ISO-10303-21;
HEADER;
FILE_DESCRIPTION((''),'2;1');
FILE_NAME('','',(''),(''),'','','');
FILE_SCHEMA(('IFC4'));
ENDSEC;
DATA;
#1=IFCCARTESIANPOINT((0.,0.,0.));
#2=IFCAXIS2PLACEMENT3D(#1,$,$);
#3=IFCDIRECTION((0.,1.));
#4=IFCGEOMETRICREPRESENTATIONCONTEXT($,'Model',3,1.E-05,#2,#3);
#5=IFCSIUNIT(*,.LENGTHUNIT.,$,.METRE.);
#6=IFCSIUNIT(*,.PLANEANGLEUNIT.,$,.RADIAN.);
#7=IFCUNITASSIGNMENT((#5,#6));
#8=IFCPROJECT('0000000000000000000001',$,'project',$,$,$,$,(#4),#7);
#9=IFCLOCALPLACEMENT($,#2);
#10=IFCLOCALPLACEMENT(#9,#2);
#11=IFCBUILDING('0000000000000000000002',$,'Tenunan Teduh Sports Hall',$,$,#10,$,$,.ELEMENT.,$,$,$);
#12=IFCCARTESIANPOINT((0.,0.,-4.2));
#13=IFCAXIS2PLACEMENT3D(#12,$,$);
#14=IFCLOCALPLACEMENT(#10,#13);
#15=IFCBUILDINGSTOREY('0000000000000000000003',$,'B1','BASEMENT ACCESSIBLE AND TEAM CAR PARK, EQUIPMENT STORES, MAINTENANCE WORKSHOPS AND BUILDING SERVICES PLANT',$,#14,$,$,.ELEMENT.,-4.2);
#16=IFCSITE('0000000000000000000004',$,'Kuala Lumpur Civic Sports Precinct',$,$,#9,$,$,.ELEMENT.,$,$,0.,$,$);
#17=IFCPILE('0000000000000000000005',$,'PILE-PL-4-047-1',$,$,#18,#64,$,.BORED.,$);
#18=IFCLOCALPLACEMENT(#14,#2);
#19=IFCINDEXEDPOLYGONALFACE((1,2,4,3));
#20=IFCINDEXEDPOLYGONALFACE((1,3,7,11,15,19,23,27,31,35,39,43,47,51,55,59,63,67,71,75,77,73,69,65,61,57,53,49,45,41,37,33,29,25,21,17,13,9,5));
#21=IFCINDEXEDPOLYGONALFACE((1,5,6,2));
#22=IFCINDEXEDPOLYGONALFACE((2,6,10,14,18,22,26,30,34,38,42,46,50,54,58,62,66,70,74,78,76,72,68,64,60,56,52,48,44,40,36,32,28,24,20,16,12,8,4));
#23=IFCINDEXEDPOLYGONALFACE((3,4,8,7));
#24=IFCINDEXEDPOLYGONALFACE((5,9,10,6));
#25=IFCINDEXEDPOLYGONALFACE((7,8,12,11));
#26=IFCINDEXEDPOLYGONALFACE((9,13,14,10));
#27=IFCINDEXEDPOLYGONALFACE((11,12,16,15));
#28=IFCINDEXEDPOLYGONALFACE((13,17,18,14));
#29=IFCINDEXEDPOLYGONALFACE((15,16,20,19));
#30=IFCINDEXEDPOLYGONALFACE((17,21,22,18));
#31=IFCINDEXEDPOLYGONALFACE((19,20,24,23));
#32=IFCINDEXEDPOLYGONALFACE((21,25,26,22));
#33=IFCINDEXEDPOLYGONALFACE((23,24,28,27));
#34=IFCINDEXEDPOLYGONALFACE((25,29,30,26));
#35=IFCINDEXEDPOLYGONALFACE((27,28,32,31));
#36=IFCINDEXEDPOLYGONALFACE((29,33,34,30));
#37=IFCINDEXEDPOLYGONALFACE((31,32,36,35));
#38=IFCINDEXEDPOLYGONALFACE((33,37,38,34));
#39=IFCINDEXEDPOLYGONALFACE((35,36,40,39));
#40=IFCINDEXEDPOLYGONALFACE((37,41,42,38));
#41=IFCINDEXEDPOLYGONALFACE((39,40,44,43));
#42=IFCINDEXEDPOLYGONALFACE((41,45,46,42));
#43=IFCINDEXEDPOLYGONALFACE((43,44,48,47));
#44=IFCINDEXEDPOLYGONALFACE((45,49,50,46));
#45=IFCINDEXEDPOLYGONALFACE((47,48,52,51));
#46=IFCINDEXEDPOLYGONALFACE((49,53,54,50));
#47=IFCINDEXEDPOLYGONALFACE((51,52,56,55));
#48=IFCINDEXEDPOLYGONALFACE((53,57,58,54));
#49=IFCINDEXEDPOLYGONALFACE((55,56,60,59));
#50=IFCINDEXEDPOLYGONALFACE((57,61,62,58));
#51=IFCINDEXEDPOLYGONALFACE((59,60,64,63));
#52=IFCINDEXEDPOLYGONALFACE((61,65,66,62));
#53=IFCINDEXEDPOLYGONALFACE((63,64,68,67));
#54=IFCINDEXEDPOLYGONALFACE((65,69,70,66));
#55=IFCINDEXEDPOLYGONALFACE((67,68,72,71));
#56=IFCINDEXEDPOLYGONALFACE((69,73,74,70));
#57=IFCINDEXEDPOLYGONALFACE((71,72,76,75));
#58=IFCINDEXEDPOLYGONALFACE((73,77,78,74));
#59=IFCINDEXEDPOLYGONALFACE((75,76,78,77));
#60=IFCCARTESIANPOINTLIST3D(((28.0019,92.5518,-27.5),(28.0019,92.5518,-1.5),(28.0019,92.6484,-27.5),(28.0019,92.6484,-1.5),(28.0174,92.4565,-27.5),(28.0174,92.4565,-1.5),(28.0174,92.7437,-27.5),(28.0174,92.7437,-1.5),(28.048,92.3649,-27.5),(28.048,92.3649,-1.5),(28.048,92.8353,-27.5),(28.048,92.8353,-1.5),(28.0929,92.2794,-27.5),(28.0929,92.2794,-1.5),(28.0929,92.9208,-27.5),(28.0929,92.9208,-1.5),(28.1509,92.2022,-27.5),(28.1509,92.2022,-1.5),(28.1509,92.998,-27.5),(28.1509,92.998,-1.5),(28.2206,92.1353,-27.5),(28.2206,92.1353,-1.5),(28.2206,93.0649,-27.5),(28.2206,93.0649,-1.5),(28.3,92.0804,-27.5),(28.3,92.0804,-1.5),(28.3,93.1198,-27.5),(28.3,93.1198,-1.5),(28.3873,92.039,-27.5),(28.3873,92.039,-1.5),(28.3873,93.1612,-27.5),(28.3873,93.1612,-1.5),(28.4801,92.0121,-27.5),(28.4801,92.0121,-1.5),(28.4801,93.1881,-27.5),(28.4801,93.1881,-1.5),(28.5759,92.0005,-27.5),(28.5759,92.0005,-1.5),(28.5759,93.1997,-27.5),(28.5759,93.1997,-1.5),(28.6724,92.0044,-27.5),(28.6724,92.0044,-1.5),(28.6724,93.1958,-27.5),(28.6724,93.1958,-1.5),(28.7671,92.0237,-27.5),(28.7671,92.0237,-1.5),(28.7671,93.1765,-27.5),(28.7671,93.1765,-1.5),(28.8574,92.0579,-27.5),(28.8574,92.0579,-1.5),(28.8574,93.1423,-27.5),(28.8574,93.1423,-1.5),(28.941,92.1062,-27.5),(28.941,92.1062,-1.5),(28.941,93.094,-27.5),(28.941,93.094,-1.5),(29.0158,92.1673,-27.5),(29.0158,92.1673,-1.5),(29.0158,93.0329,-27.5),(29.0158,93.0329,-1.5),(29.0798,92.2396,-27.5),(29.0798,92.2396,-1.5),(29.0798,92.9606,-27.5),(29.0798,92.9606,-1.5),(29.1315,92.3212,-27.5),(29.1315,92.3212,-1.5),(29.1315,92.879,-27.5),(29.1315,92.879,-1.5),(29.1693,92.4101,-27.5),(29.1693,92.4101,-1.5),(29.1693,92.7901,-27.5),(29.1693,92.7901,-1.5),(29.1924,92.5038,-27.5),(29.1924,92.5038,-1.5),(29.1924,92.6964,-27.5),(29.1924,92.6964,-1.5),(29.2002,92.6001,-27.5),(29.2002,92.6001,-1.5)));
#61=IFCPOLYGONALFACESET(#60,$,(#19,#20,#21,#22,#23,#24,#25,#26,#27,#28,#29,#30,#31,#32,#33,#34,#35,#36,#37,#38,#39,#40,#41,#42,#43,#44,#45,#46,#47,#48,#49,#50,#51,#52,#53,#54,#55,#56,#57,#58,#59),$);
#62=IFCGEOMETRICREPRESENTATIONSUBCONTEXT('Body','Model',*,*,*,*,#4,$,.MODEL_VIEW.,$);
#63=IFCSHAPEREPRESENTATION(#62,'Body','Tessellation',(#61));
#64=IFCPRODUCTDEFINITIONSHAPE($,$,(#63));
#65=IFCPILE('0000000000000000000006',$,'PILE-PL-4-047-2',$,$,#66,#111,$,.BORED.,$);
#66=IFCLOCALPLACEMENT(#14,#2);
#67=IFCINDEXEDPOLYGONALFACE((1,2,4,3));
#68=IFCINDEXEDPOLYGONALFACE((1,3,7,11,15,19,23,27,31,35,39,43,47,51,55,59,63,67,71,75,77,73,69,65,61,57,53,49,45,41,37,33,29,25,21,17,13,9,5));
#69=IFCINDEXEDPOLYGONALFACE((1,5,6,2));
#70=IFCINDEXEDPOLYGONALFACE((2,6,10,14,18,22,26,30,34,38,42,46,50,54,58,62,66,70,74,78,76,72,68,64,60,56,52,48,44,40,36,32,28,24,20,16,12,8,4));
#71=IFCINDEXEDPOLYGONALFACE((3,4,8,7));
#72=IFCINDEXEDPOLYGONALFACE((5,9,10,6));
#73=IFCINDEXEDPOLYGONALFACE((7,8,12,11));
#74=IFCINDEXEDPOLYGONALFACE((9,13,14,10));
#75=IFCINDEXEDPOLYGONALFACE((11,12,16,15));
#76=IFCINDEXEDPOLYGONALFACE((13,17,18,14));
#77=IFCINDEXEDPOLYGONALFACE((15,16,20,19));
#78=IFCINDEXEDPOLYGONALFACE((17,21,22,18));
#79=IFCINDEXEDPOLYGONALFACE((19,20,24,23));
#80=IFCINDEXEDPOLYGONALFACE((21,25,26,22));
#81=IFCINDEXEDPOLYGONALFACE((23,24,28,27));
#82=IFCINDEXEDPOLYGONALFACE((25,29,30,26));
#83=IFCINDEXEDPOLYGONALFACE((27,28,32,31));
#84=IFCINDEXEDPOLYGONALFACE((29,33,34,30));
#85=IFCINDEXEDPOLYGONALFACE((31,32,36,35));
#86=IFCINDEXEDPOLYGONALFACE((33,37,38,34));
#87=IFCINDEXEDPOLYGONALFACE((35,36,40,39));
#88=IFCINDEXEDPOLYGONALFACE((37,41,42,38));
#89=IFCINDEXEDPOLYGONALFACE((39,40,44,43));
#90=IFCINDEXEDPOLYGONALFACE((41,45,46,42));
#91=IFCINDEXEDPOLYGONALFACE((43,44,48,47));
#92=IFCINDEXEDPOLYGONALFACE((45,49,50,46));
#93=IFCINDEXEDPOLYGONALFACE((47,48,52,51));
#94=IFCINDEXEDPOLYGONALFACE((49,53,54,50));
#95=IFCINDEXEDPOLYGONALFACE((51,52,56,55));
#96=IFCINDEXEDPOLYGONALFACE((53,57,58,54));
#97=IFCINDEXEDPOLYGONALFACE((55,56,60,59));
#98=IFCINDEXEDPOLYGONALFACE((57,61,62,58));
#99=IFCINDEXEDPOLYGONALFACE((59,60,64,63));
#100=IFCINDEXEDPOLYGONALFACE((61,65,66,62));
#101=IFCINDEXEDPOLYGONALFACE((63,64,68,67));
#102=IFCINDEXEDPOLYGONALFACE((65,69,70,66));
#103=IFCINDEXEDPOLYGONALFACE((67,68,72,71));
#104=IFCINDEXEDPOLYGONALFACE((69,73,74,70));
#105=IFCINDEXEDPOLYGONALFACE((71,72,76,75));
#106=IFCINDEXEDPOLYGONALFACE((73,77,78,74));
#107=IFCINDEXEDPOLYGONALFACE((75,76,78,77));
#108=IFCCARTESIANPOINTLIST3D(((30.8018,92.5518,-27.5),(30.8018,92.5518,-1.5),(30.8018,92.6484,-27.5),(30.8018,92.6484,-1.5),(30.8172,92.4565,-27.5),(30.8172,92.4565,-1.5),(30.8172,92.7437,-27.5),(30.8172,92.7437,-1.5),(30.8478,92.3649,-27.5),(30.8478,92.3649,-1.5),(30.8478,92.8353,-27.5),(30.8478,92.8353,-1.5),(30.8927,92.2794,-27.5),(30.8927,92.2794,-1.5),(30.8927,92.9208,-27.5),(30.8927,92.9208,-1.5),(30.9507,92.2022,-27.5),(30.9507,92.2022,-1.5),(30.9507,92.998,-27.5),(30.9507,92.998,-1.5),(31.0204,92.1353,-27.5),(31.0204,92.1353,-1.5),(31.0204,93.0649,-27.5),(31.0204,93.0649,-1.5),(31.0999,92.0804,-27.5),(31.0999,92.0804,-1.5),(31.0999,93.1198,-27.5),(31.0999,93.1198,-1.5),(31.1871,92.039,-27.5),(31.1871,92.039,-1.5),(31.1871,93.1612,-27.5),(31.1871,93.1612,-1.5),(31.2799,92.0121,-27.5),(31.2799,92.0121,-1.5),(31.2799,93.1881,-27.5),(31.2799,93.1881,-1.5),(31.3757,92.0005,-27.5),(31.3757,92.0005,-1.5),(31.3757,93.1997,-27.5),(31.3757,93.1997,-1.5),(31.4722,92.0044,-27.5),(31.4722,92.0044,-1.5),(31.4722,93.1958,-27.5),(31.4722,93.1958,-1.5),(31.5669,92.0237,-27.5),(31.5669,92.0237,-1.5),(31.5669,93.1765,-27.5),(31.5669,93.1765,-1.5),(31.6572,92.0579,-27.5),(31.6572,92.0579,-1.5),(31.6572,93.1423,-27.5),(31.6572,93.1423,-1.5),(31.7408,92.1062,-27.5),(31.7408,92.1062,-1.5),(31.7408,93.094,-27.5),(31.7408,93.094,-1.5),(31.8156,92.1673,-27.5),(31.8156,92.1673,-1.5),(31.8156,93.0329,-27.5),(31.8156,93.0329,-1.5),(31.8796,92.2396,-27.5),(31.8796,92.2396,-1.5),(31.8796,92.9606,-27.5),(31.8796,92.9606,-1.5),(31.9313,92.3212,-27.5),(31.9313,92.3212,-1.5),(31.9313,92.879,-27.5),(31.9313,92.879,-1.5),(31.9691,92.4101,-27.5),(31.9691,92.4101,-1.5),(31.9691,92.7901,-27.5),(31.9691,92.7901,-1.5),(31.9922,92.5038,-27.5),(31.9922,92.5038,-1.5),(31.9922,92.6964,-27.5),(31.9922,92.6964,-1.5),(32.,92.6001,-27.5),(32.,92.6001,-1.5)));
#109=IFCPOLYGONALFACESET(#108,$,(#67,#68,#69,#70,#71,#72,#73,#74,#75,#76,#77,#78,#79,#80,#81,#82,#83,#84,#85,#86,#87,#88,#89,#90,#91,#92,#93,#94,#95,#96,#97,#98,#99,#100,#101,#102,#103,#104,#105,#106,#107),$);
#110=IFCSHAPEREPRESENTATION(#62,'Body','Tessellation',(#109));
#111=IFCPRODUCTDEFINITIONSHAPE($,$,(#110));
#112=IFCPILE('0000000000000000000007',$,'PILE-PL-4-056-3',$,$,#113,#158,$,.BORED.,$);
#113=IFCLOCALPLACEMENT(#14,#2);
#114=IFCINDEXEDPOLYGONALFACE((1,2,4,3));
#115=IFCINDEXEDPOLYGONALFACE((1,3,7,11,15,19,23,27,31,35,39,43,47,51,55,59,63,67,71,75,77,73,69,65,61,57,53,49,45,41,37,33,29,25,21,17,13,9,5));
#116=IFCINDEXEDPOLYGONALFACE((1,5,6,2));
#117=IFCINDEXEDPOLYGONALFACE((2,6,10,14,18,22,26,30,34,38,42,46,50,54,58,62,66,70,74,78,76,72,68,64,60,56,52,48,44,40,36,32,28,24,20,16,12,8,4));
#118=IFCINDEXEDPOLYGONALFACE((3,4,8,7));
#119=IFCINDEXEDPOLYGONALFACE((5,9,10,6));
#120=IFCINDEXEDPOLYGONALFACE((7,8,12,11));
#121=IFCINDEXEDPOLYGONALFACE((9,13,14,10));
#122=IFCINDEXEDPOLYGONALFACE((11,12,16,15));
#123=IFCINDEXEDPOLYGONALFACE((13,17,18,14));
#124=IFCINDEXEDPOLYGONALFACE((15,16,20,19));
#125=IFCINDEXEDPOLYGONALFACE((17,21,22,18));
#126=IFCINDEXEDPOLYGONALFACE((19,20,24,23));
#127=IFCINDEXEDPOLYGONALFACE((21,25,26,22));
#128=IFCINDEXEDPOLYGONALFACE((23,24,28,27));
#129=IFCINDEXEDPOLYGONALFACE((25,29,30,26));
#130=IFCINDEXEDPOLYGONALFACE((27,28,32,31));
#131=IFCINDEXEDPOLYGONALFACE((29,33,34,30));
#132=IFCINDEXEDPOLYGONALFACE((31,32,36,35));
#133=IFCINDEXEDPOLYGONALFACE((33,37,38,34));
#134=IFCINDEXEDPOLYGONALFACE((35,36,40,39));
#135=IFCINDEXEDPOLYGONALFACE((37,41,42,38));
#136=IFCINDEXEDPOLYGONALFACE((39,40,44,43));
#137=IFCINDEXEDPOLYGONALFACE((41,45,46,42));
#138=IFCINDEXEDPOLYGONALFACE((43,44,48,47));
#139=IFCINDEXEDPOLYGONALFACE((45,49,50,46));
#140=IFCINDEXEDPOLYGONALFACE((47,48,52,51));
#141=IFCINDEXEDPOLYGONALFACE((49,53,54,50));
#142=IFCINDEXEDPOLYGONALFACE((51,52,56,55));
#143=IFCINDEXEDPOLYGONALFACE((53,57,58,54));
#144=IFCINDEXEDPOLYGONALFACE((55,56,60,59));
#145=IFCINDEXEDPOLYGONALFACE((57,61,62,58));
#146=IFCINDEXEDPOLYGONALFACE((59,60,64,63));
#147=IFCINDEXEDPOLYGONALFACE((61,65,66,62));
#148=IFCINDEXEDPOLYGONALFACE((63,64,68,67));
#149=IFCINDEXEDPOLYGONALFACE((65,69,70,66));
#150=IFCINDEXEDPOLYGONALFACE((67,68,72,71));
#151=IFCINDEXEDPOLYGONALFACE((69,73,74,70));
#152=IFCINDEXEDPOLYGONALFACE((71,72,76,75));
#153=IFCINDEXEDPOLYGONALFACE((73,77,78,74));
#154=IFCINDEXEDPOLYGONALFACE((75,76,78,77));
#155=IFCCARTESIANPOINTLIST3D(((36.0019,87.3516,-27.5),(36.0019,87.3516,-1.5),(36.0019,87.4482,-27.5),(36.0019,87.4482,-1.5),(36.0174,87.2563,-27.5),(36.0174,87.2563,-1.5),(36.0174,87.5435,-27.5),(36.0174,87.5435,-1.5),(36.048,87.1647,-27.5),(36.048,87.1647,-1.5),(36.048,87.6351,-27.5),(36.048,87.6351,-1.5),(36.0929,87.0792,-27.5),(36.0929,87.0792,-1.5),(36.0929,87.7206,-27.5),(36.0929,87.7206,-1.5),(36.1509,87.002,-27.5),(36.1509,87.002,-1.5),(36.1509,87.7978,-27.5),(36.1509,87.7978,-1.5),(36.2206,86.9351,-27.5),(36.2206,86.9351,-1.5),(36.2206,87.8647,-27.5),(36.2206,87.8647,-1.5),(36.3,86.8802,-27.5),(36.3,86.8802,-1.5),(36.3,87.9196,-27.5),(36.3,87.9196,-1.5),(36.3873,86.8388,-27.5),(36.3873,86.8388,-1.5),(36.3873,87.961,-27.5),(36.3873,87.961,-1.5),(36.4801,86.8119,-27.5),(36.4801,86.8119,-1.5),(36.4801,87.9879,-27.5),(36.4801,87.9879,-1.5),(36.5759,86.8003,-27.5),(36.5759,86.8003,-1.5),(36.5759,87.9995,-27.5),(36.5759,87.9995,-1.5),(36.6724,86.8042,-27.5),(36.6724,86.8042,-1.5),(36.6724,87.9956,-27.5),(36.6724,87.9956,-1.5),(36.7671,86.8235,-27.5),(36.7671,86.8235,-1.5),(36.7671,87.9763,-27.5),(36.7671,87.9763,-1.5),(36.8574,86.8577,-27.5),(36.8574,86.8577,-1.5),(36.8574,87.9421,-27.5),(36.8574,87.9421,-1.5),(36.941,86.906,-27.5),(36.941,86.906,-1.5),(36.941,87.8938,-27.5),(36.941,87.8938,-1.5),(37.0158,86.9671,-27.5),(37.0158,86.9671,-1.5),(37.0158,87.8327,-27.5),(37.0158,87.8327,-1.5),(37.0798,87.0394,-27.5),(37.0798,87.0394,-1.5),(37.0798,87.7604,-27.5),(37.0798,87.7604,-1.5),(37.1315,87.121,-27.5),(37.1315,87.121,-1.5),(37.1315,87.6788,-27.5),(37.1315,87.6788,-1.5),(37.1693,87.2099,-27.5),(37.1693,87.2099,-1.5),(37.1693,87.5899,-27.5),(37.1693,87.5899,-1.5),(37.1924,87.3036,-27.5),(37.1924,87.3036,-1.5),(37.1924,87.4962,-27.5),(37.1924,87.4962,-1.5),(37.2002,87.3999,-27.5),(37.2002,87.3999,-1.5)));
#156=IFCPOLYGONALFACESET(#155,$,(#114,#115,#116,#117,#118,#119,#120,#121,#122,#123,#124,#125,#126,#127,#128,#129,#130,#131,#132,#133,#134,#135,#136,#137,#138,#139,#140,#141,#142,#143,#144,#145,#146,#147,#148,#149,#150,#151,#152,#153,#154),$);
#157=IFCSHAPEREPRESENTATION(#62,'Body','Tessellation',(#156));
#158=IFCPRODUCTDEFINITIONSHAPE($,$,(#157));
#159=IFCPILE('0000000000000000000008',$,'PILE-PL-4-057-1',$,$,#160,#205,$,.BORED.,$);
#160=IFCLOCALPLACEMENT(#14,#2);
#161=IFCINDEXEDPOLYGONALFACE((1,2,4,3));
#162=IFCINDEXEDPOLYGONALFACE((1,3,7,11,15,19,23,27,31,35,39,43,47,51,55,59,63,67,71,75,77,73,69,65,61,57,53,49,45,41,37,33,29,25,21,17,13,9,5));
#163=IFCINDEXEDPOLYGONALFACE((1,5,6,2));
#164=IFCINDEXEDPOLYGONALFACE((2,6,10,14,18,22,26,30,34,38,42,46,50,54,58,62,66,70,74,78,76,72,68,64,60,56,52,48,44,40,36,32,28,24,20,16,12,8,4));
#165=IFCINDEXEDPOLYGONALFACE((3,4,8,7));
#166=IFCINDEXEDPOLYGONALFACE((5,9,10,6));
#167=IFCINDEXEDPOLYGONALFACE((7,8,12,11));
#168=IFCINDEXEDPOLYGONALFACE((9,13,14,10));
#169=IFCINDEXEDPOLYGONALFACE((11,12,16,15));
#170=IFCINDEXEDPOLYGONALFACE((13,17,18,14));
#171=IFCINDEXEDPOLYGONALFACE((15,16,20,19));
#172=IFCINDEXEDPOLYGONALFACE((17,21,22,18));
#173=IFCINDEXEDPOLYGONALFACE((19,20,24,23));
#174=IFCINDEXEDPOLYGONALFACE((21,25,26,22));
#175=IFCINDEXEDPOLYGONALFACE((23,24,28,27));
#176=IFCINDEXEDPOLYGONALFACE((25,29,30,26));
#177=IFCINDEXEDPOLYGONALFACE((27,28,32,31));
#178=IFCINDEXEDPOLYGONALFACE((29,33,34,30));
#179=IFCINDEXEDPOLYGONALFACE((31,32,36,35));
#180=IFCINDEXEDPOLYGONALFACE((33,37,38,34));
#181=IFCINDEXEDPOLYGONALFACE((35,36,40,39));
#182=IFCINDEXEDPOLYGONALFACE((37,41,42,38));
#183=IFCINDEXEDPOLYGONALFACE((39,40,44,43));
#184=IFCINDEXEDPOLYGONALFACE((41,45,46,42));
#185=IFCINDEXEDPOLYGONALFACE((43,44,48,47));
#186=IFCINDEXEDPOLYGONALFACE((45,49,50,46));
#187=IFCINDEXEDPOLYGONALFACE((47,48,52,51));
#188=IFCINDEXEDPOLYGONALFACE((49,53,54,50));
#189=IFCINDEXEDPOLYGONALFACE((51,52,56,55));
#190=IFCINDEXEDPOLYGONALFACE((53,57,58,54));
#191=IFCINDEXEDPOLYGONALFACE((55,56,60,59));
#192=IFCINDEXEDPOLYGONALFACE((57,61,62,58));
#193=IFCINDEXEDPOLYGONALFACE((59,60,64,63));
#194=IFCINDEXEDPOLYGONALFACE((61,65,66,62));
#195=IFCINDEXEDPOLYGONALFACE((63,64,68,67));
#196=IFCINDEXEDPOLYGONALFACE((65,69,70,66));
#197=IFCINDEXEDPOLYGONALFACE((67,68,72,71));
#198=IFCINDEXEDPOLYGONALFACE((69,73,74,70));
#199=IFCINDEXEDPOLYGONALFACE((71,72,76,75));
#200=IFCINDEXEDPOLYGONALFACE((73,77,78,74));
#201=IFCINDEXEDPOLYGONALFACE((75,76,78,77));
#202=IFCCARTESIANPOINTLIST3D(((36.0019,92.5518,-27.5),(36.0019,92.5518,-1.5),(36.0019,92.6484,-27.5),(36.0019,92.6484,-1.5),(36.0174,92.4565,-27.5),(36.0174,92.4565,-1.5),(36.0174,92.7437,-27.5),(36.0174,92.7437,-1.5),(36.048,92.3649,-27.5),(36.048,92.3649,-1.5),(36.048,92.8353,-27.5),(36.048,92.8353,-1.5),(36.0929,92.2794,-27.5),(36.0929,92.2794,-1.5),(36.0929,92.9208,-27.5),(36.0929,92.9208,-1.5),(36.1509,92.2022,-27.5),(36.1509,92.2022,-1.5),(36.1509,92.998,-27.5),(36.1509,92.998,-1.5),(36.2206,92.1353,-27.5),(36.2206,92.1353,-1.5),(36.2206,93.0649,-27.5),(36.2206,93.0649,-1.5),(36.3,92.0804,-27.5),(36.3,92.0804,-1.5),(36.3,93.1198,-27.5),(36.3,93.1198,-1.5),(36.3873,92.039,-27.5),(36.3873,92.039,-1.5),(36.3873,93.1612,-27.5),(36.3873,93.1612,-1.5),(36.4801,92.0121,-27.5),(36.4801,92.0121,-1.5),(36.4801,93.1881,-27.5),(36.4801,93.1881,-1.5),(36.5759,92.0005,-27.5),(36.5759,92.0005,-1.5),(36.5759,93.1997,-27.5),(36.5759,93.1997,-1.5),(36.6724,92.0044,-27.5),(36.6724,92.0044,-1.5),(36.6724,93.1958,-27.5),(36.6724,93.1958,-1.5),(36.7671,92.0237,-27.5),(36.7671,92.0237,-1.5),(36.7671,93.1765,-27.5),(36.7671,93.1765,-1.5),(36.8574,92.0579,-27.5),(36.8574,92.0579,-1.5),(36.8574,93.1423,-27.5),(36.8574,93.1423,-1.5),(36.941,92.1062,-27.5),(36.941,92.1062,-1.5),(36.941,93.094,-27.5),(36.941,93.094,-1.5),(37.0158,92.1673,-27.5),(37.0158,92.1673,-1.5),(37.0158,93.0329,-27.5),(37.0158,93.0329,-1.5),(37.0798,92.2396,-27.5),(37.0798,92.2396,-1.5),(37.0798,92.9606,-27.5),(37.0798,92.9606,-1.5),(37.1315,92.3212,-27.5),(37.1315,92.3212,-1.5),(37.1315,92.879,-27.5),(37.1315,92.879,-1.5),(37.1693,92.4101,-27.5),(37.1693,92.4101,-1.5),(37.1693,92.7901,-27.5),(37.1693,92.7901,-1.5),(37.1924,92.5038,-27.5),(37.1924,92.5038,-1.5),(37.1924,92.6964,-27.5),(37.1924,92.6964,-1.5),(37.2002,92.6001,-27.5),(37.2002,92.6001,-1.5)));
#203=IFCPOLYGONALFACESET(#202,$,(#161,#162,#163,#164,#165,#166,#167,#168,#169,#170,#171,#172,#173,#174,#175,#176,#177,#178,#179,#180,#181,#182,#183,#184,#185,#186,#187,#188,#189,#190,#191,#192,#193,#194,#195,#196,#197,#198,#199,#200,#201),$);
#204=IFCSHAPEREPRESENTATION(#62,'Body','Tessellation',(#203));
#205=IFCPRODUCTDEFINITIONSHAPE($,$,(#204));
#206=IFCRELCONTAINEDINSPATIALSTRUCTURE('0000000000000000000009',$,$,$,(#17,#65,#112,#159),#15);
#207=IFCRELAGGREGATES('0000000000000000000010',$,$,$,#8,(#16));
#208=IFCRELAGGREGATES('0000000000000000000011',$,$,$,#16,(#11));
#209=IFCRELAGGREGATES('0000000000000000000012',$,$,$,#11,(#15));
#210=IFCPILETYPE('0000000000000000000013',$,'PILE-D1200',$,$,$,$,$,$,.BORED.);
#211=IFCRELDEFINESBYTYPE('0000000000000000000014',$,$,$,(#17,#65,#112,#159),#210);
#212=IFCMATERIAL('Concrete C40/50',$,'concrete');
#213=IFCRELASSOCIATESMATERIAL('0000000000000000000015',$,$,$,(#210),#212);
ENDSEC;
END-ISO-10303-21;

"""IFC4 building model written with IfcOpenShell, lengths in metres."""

from ifc_helpers import new_model, si_unit, direction, frame, origin, origin_2d, place, context, subcontext, project, spatial, circle, extrude, material, material_profile, profile_set, type_object, element, save


model = new_model("IFC4")

# Units and contexts
model_context = context("Model", 3, precision=1e-05, world=origin(), true_north=direction((0.0, 1.0)))
body_context = subcontext(model_context, "Body", "Model", "MODEL_VIEW")
ifc_project = project(units=[si_unit("LENGTHUNIT", "METRE"), si_unit("PLANEANGLEUNIT", "RADIAN")], contexts=[model_context])

# Site, building, storey
site_placement = place(None, origin())
site = spatial("IfcSite", under=ifc_project, at=site_placement, Name="Kuala Lumpur Civic Sports Precinct", CompositionType="ELEMENT", RefElevation=0.0)
building_placement = place(site_placement, origin())
building = spatial("IfcBuilding", under=site, at=building_placement, Name="Tenunan Teduh Sports Hall", CompositionType="ELEMENT")
storey_placement = place(building_placement, frame((0.0, 0.0, -4.2)))
storey = spatial("IfcBuildingStorey", under=building, at=storey_placement, Name="B1", Description="BASEMENT ACCESSIBLE AND TEAM CAR PARK, EQUIPMENT STORES, MAINTENANCE WORKSHOPS AND BUILDING SERVICES PLANT", CompositionType="ELEMENT", Elevation=-4.2)

# Piles
ifc_material_1 = material(Name="Concrete C40/50", Category="concrete")
ifc_material_profile_1 = material_profile(ifc_material_1, circle(Radius=0.6001, at=origin_2d()), Name="PILE D1200")
ifc_profile_set_1 = profile_set([ifc_material_profile_1], Name="Concrete C40/50")
pile_type = type_object("IfcPileType", Name="PILE-D1200", PredefinedType="BORED", material=ifc_profile_set_1)
for number, where, z_axis, x_axis, name in (
    (1, (28.6001, 92.6001, -1.5), (0.0, 0.0, -1.0), (1.0, 0.0, 0.0), "PILE-PL-4-047-1"),
    (2, (31.3999, 92.6001, -1.5), (0.0, 0.0, -1.0), (1.0, 0.0, 0.0), "PILE-PL-4-047-2"),
    (3, (36.6001, 87.3999, -1.5), (0.0, 0.0, -1.0), (1.0, 0.0, 0.0), "PILE-PL-4-056-3"),
    (4, (36.6001, 92.6001, -1.5), (0.0, 0.0, -1.0), (1.0, 0.0, 0.0), "PILE-PL-4-057-1"),
):
    element("IfcPile", number, at=place(storey_placement, frame(where, z_axis=z_axis, x_axis=x_axis)), inside=storey, type_object=pile_type, Name=name, PredefinedType="BORED", context=body_context, shape_type="SweptSolid", body=[
        extrude(circle(Radius=0.6001, at=origin_2d()), origin(), (0.0, 0.0, 1.0), 26.0),
    ])

save(model, "model.ifc")
